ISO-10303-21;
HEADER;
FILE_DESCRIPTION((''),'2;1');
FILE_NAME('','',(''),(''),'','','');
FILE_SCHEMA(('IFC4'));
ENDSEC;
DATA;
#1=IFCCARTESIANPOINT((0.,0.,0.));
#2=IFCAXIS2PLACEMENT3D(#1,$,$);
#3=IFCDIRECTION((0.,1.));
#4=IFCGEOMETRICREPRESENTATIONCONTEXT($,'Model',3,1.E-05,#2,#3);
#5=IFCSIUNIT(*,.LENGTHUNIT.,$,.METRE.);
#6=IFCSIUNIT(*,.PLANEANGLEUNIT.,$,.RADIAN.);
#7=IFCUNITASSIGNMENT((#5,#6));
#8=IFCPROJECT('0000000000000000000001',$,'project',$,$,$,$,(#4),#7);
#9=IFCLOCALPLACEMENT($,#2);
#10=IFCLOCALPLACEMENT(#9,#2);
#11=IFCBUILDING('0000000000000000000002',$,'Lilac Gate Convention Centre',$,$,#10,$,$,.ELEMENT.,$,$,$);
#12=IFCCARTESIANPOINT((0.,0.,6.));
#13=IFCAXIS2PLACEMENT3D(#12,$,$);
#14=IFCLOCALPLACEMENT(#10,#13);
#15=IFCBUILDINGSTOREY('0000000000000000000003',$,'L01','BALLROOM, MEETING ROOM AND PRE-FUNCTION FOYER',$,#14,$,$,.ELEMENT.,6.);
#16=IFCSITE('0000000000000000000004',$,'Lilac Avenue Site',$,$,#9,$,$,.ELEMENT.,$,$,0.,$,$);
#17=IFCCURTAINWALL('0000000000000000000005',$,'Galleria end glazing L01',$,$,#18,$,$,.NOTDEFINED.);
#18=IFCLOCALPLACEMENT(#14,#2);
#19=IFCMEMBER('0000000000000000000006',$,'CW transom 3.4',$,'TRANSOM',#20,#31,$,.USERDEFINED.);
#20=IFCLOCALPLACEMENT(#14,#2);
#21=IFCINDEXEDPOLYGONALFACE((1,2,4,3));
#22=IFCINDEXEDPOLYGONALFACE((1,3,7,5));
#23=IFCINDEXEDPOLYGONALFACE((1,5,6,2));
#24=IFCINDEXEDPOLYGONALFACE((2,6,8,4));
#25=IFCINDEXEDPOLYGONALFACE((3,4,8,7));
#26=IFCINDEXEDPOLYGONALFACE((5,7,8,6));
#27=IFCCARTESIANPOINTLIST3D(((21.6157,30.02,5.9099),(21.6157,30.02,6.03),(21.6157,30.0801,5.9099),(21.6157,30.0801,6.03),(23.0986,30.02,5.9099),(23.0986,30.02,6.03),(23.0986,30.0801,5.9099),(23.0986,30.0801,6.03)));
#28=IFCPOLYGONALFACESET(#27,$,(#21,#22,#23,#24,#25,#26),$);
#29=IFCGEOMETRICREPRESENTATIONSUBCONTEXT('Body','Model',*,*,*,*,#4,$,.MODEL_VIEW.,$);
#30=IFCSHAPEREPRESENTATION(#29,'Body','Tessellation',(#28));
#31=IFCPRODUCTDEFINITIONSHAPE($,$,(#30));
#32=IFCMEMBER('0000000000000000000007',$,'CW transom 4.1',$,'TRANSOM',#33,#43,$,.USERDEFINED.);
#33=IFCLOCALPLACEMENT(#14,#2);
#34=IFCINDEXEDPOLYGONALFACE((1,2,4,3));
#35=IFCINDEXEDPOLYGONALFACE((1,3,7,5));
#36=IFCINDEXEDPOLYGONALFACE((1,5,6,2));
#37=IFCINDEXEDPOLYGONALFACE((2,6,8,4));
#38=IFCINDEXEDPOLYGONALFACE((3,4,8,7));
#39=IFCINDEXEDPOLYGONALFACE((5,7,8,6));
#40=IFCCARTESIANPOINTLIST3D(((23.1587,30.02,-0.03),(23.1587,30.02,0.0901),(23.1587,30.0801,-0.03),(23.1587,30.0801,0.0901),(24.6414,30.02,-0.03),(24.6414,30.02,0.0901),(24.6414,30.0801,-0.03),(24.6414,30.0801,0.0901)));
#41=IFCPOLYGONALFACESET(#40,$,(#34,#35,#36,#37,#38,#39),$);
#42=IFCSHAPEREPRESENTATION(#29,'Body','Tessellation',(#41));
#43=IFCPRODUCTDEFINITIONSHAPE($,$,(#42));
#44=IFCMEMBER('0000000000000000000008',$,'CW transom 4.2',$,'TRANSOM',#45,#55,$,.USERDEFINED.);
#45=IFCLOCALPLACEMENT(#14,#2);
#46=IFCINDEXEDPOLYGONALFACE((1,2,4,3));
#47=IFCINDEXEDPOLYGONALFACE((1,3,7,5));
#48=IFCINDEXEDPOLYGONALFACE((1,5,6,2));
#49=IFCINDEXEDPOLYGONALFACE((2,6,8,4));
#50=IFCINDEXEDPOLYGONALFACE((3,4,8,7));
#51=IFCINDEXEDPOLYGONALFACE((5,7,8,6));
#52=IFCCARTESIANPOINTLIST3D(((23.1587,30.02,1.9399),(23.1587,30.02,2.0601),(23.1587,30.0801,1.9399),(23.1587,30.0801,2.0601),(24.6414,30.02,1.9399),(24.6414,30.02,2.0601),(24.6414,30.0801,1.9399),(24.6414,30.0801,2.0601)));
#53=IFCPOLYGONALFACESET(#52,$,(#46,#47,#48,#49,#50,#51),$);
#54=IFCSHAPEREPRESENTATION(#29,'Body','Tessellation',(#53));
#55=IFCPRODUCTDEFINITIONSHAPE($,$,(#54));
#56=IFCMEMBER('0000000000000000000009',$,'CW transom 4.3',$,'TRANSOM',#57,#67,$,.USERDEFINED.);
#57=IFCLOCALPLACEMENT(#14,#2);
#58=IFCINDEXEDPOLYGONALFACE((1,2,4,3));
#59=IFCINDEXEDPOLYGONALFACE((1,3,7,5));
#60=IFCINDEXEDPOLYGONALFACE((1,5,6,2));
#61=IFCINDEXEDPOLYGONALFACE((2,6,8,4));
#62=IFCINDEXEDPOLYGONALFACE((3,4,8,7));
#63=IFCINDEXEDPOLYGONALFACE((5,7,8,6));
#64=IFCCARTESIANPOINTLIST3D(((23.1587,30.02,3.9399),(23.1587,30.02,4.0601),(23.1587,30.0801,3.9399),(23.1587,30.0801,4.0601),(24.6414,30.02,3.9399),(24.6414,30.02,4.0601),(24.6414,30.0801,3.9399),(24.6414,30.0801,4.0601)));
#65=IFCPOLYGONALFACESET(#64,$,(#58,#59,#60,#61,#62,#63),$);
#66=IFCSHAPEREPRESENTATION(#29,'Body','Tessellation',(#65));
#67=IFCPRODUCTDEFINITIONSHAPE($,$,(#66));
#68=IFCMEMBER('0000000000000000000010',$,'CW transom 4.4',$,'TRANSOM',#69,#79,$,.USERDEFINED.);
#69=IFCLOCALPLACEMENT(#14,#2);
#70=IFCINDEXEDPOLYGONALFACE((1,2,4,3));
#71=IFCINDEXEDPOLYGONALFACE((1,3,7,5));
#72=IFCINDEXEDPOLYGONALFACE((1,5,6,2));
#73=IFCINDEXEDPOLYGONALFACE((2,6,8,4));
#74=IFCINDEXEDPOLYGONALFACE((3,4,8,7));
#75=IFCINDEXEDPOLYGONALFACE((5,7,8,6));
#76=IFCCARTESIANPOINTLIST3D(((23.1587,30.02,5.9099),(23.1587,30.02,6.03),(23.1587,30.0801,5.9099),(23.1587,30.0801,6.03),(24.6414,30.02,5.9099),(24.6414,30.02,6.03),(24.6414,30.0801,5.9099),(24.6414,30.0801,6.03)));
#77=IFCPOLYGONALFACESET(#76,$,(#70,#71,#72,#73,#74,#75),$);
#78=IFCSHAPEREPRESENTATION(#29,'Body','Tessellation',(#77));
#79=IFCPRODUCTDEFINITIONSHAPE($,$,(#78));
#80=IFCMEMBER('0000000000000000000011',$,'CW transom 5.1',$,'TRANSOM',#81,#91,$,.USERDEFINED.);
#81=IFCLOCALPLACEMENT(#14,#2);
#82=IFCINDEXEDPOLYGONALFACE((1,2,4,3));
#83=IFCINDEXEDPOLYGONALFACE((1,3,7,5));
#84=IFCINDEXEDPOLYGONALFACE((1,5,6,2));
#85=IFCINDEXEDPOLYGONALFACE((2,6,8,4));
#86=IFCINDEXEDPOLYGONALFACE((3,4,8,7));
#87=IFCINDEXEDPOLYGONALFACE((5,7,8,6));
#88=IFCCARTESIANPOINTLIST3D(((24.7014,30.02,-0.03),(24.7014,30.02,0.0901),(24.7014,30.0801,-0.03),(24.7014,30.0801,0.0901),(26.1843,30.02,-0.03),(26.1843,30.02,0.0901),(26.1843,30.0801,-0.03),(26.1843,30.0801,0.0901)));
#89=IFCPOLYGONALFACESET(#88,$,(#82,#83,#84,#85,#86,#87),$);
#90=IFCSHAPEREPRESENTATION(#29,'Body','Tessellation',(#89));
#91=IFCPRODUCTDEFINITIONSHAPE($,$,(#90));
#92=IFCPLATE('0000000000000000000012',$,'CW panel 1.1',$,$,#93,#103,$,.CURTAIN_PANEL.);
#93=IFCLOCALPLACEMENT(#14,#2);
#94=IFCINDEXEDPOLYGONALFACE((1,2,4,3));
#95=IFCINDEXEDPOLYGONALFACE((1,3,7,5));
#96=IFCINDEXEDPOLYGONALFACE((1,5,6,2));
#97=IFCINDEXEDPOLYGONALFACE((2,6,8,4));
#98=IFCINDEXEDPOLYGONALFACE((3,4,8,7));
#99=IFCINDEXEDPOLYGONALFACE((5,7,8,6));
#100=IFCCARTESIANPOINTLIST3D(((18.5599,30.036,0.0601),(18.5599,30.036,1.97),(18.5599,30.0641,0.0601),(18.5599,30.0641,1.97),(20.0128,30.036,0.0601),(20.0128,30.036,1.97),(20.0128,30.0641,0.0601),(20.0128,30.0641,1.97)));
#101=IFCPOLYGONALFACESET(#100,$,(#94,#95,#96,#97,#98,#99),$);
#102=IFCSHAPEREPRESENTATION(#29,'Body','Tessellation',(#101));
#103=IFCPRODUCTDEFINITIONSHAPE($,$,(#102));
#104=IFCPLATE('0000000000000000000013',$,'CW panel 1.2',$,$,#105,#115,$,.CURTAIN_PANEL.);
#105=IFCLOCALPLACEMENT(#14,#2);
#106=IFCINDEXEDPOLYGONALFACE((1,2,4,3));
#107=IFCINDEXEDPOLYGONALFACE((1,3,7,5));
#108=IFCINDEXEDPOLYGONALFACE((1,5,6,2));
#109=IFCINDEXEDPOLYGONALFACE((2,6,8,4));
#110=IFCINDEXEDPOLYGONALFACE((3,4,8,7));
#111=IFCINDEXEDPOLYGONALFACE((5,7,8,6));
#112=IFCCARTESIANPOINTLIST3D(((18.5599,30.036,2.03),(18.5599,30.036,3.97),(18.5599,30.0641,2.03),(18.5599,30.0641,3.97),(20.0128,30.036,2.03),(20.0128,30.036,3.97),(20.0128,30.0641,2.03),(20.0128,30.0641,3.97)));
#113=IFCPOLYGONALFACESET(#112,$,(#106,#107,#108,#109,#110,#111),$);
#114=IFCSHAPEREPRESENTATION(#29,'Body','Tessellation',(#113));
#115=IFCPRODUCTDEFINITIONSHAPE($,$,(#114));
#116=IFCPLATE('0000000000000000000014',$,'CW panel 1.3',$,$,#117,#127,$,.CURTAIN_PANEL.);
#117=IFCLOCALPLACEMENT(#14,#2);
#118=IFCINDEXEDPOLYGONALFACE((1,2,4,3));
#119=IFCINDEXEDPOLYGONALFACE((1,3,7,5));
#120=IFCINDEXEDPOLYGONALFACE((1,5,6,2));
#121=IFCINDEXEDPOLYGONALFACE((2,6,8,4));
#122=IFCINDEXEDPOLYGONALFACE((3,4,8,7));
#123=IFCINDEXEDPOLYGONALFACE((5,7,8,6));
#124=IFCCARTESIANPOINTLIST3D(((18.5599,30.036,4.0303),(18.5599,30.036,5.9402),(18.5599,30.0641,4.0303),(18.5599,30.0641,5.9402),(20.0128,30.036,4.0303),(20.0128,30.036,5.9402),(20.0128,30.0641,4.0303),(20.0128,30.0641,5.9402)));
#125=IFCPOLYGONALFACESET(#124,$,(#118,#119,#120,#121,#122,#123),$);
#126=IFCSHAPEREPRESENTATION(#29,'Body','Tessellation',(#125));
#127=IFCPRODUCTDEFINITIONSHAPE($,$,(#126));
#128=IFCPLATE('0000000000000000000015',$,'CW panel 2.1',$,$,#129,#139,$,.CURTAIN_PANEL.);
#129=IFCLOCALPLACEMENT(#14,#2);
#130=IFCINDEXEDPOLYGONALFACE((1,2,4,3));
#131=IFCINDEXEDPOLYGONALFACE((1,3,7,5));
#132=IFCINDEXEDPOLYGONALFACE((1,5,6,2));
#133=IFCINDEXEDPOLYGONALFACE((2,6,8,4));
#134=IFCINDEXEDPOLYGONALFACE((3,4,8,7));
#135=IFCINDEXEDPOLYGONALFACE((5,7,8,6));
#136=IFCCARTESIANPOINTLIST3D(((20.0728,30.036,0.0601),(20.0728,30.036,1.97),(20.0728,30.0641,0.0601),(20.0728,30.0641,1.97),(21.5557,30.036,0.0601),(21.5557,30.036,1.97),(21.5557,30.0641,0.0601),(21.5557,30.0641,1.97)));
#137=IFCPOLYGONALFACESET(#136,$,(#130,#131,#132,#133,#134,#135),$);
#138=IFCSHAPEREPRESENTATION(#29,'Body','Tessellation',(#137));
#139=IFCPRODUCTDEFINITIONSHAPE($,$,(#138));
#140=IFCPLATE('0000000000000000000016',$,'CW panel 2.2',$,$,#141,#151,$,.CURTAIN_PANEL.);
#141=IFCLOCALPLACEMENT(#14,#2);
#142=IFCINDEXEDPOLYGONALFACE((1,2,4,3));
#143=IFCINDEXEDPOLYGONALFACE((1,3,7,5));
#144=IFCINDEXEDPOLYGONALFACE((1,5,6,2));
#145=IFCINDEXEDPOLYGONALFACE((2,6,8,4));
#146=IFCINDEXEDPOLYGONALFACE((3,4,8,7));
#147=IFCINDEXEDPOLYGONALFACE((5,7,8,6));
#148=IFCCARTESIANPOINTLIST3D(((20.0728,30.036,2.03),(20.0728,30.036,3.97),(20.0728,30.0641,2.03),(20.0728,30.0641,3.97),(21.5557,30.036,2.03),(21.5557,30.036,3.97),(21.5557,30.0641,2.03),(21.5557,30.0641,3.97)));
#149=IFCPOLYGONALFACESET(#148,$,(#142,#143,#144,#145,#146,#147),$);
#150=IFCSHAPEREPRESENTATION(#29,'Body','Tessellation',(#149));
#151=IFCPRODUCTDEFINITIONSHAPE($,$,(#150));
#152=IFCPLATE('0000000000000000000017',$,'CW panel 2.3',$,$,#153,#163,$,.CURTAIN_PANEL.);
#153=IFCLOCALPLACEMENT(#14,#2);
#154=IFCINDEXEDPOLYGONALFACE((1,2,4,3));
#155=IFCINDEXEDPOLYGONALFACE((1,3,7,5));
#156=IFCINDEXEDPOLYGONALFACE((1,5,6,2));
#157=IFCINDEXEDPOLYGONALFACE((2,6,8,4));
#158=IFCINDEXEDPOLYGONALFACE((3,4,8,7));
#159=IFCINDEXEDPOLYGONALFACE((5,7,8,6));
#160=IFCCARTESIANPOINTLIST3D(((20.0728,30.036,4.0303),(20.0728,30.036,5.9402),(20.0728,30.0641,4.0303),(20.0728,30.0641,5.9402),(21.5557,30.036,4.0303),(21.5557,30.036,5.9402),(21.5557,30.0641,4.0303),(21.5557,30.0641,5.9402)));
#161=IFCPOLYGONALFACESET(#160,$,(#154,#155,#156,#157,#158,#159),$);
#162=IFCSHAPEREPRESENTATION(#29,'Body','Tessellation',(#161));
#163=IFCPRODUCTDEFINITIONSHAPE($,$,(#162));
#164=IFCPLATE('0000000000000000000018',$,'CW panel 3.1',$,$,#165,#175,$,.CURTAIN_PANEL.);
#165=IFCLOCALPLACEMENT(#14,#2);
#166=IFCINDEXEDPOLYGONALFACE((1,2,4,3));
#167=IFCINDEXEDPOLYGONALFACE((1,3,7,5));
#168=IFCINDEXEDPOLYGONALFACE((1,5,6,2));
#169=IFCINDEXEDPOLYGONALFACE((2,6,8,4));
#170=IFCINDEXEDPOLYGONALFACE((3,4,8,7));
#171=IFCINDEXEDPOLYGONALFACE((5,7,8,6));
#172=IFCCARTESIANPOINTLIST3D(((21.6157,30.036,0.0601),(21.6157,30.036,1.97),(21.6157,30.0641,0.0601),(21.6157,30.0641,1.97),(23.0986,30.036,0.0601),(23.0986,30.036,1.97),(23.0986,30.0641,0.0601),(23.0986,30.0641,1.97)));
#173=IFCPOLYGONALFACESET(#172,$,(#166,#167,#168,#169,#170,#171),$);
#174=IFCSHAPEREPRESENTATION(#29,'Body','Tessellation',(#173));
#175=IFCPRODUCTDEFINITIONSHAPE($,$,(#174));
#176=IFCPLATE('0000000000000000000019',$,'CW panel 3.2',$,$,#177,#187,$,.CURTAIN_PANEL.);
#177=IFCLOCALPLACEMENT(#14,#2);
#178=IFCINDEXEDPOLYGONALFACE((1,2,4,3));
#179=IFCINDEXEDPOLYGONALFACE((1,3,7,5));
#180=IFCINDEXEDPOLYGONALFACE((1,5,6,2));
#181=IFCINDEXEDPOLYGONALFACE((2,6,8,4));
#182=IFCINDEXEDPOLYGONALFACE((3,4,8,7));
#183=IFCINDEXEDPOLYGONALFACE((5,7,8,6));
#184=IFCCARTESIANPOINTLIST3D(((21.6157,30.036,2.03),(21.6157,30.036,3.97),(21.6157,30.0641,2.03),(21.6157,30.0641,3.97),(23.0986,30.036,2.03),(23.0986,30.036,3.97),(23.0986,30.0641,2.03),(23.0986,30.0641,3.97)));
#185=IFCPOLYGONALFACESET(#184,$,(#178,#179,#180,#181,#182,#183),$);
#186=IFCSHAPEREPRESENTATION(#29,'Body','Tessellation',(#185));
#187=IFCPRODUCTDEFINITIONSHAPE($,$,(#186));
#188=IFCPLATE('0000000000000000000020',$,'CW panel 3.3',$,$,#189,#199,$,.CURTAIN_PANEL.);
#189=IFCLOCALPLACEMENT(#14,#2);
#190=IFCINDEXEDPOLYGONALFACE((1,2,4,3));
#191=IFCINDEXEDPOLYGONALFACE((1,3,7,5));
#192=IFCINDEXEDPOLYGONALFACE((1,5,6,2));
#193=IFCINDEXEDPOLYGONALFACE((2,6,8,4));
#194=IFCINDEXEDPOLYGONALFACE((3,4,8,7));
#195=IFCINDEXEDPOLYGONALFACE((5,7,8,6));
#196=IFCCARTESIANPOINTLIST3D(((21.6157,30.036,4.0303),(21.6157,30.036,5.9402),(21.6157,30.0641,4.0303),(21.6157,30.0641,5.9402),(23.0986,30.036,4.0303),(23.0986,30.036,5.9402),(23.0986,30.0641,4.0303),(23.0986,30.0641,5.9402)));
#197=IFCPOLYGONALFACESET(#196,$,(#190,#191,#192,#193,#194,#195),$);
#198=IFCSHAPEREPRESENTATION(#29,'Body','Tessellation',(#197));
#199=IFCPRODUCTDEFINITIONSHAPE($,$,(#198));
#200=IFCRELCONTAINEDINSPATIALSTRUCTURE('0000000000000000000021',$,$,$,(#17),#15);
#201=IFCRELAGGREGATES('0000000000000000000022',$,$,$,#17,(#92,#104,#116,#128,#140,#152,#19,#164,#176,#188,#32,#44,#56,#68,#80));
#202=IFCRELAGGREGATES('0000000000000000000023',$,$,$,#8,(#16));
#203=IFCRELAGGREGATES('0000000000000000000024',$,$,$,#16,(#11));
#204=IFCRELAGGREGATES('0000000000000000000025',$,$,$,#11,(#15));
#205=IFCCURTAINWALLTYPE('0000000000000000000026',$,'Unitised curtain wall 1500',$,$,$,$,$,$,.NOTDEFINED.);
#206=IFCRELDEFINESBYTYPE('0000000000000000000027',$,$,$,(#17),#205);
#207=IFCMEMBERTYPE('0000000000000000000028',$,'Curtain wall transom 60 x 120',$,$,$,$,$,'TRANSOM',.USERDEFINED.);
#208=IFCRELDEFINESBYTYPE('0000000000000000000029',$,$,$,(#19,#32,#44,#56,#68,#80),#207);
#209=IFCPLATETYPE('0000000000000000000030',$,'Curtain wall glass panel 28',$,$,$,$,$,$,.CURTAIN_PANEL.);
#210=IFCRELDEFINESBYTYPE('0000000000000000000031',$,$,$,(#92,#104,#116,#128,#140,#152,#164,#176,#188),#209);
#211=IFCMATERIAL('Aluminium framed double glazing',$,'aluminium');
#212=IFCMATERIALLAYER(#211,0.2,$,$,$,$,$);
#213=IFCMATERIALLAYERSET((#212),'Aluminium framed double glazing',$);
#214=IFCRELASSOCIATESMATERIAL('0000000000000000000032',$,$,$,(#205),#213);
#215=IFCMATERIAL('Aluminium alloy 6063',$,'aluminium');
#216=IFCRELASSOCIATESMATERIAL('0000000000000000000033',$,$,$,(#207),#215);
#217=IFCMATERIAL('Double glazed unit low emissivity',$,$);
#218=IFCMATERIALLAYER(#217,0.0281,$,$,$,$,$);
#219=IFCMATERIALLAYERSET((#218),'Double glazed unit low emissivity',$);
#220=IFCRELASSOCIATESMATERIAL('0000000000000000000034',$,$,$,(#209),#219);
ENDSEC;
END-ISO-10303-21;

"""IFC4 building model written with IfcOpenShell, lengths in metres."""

from ifc_helpers import new_model, si_unit, direction, frame, origin, origin_2d, place, context, subcontext, project, spatial, rectangle, extrude, material, layer, layer_set, material_profile, profile_set, type_object, element, aggregate, save


model = new_model("IFC4")

# Units and contexts
model_context = context("Model", 3, precision=1e-05, world=origin(), true_north=direction((0.0, 1.0)))
body_context = subcontext(model_context, "Body", "Model", "MODEL_VIEW")
ifc_project = project(units=[si_unit("LENGTHUNIT", "METRE"), si_unit("PLANEANGLEUNIT", "RADIAN")], contexts=[model_context])

# Site, building, storey
site_placement = place(None, origin())
site = spatial("IfcSite", under=ifc_project, at=site_placement, Name="Lilac Avenue Site", CompositionType="ELEMENT", RefElevation=0.0)
building_placement = place(site_placement, origin())
building = spatial("IfcBuilding", under=site, at=building_placement, Name="Lilac Gate Convention Centre", CompositionType="ELEMENT")
storey_placement = place(building_placement, frame((0.0, 0.0, 6.0)))
storey = spatial("IfcBuildingStorey", under=building, at=storey_placement, Name="L01", Description="BALLROOM, MEETING ROOM AND PRE-FUNCTION FOYER", CompositionType="ELEMENT", Elevation=6.0)

# Curtain wall, members, plates
ifc_material_1 = material(Name="Aluminium framed double glazing", Category="aluminium")
ifc_layer_1 = layer(ifc_material_1, 0.2)
ifc_layer_set_1 = layer_set([ifc_layer_1], Name="Aluminium framed double glazing")
curtain_wall_type = type_object("IfcCurtainWallType", Name="Unitised curtain wall 1500", PredefinedType="NOTDEFINED", material=ifc_layer_set_1)
curtain_wall_placement = place(storey_placement, origin())
curtain_wall = element("IfcCurtainWall", 1, at=curtain_wall_placement, inside=storey, type_object=curtain_wall_type, Name="Galleria end glazing L01", PredefinedType="NOTDEFINED")
ifc_material_2 = material(Name="Aluminium alloy 6063", Category="aluminium")
ifc_material_profile_1 = material_profile(ifc_material_2, rectangle(XDim=0.0601, YDim=0.1201, at=origin_2d()), Name="Curtain wall transom 60 x 120")
ifc_profile_set_1 = profile_set([ifc_material_profile_1], Name="Aluminium alloy 6063")
member_type_1 = type_object("IfcMemberType", Name="Curtain wall transom 60 x 120", ElementType="TRANSOM", PredefinedType="USERDEFINED", material=ifc_profile_set_1)
member_1_placement = place(storey_placement, frame((21.6157, 30.05, 5.97), z_axis=(1.0, 0.0, 0.0), x_axis=(0.0, 1.0, 0.0)))
member_1 = element("IfcMember", 2, at=member_1_placement, type_object=member_type_1, Name="CW transom 3.4", ObjectType="TRANSOM", PredefinedType="USERDEFINED", context=body_context, shape_type="SweptSolid", body=[
    extrude(rectangle(XDim=0.0601, YDim=0.1201, at=origin_2d()), origin(), (0.0, 0.0, 1.0), 1.4829),
])
member_2_placement = place(storey_placement, frame((23.1587, 30.05, 0.03), z_axis=(1.0, 0.0, 0.0), x_axis=(0.0, 1.0, 0.0)))
member_2 = element("IfcMember", 3, at=member_2_placement, type_object=member_type_1, Name="CW transom 4.1", ObjectType="TRANSOM", PredefinedType="USERDEFINED", context=body_context, shape_type="SweptSolid", body=[
    extrude(rectangle(XDim=0.0601, YDim=0.1201, at=origin_2d()), origin(), (0.0, 0.0, 1.0), 1.4827),
])
member_3_placement = place(storey_placement, frame((23.1587, 30.05, 2.0), z_axis=(1.0, 0.0, 0.0), x_axis=(0.0, 1.0, 0.0)))
member_3 = element("IfcMember", 4, at=member_3_placement, type_object=member_type_1, Name="CW transom 4.2", ObjectType="TRANSOM", PredefinedType="USERDEFINED", context=body_context, shape_type="SweptSolid", body=[
    extrude(rectangle(XDim=0.0601, YDim=0.1201, at=origin_2d()), origin(), (0.0, 0.0, 1.0), 1.4827),
])
member_4_placement = place(storey_placement, frame((23.1587, 30.05, 4.0), z_axis=(1.0, 0.0, 0.0), x_axis=(0.0, 1.0, 0.0)))
member_4 = element("IfcMember", 5, at=member_4_placement, type_object=member_type_1, Name="CW transom 4.3", ObjectType="TRANSOM", PredefinedType="USERDEFINED", context=body_context, shape_type="SweptSolid", body=[
    extrude(rectangle(XDim=0.0601, YDim=0.1201, at=origin_2d()), origin(), (0.0, 0.0, 1.0), 1.4827),
])
member_5_placement = place(storey_placement, frame((23.1587, 30.05, 5.97), z_axis=(1.0, 0.0, 0.0), x_axis=(0.0, 1.0, 0.0)))
member_5 = element("IfcMember", 6, at=member_5_placement, type_object=member_type_1, Name="CW transom 4.4", ObjectType="TRANSOM", PredefinedType="USERDEFINED", context=body_context, shape_type="SweptSolid", body=[
    extrude(rectangle(XDim=0.0601, YDim=0.1201, at=origin_2d()), origin(), (0.0, 0.0, 1.0), 1.4827),
])
member_6_placement = place(storey_placement, frame((24.7014, 30.05, 0.03), z_axis=(1.0, 0.0, 0.0), x_axis=(0.0, 1.0, 0.0)))
member_6 = element("IfcMember", 7, at=member_6_placement, type_object=member_type_1, Name="CW transom 5.1", ObjectType="TRANSOM", PredefinedType="USERDEFINED", context=body_context, shape_type="SweptSolid", body=[
    extrude(rectangle(XDim=0.0601, YDim=0.1201, at=origin_2d()), origin(), (0.0, 0.0, 1.0), 1.4829),
])
ifc_material_3 = material(Name="Double glazed unit low emissivity")
ifc_layer_2 = layer(ifc_material_3, 0.0281)
ifc_layer_set_2 = layer_set([ifc_layer_2], Name="Double glazed unit low emissivity")
plate_type = type_object("IfcPlateType", Name="Curtain wall glass panel 28", PredefinedType="CURTAIN_PANEL", material=ifc_layer_set_2)
plate_1_placement = place(storey_placement, frame((19.2864, 30.05, 0.0601), z_axis=(0.0, 0.0, 1.0), x_axis=(1.0, 0.0, 0.0)))
plate_1 = element("IfcPlate", 8, at=plate_1_placement, type_object=plate_type, Name="CW panel 1.1", PredefinedType="CURTAIN_PANEL", context=body_context, shape_type="SweptSolid", body=[
    extrude(rectangle(XDim=1.4529, YDim=0.0281, at=origin_2d()), origin(), (0.0, 0.0, 1.0), 1.9099),
])
plate_2_placement = place(storey_placement, frame((19.2864, 30.05, 2.03), z_axis=(0.0, 0.0, 1.0), x_axis=(1.0, 0.0, 0.0)))
plate_2 = element("IfcPlate", 9, at=plate_2_placement, type_object=plate_type, Name="CW panel 1.2", PredefinedType="CURTAIN_PANEL", context=body_context, shape_type="SweptSolid", body=[
    extrude(rectangle(XDim=1.4529, YDim=0.0281, at=origin_2d()), origin(), (0.0, 0.0, 1.0), 1.9399),
])
plate_3_placement = place(storey_placement, frame((19.2864, 30.05, 4.0303), z_axis=(0.0, 0.0, 1.0), x_axis=(1.0, 0.0, 0.0)))
plate_3 = element("IfcPlate", 10, at=plate_3_placement, type_object=plate_type, Name="CW panel 1.3", PredefinedType="CURTAIN_PANEL", context=body_context, shape_type="SweptSolid", body=[
    extrude(rectangle(XDim=1.4529, YDim=0.0281, at=origin_2d()), origin(), (0.0, 0.0, 1.0), 1.9099),
])
plate_4_placement = place(storey_placement, frame((20.8142, 30.05, 0.0601), z_axis=(0.0, 0.0, 1.0), x_axis=(1.0, 0.0, 0.0)))
plate_4 = element("IfcPlate", 11, at=plate_4_placement, type_object=plate_type, Name="CW panel 2.1", PredefinedType="CURTAIN_PANEL", context=body_context, shape_type="SweptSolid", body=[
    extrude(rectangle(XDim=1.4829, YDim=0.0281, at=origin_2d()), origin(), (0.0, 0.0, 1.0), 1.9099),
])
plate_5_placement = place(storey_placement, frame((20.8142, 30.05, 2.03), z_axis=(0.0, 0.0, 1.0), x_axis=(1.0, 0.0, 0.0)))
plate_5 = element("IfcPlate", 12, at=plate_5_placement, type_object=plate_type, Name="CW panel 2.2", PredefinedType="CURTAIN_PANEL", context=body_context, shape_type="SweptSolid", body=[
    extrude(rectangle(XDim=1.4829, YDim=0.0281, at=origin_2d()), origin(), (0.0, 0.0, 1.0), 1.9399),
])
plate_6_placement = place(storey_placement, frame((20.8142, 30.05, 4.0303), z_axis=(0.0, 0.0, 1.0), x_axis=(1.0, 0.0, 0.0)))
plate_6 = element("IfcPlate", 13, at=plate_6_placement, type_object=plate_type, Name="CW panel 2.3", PredefinedType="CURTAIN_PANEL", context=body_context, shape_type="SweptSolid", body=[
    extrude(rectangle(XDim=1.4829, YDim=0.0281, at=origin_2d()), origin(), (0.0, 0.0, 1.0), 1.9099),
])
plate_7_placement = place(storey_placement, frame((22.3572, 30.05, 0.0601), z_axis=(0.0, 0.0, 1.0), x_axis=(1.0, 0.0, 0.0)))
plate_7 = element("IfcPlate", 14, at=plate_7_placement, type_object=plate_type, Name="CW panel 3.1", PredefinedType="CURTAIN_PANEL", context=body_context, shape_type="SweptSolid", body=[
    extrude(rectangle(XDim=1.4829, YDim=0.0281, at=origin_2d()), origin(), (0.0, 0.0, 1.0), 1.9099),
])
plate_8_placement = place(storey_placement, frame((22.3572, 30.05, 2.03), z_axis=(0.0, 0.0, 1.0), x_axis=(1.0, 0.0, 0.0)))
plate_8 = element("IfcPlate", 15, at=plate_8_placement, type_object=plate_type, Name="CW panel 3.2", PredefinedType="CURTAIN_PANEL", context=body_context, shape_type="SweptSolid", body=[
    extrude(rectangle(XDim=1.4829, YDim=0.0281, at=origin_2d()), origin(), (0.0, 0.0, 1.0), 1.9399),
])
plate_9_placement = place(storey_placement, frame((22.3572, 30.05, 4.0303), z_axis=(0.0, 0.0, 1.0), x_axis=(1.0, 0.0, 0.0)))
plate_9 = element("IfcPlate", 16, at=plate_9_placement, type_object=plate_type, Name="CW panel 3.3", PredefinedType="CURTAIN_PANEL", context=body_context, shape_type="SweptSolid", body=[
    extrude(rectangle(XDim=1.4829, YDim=0.0281, at=origin_2d()), origin(), (0.0, 0.0, 1.0), 1.9099),
])
aggregate(curtain_wall, [plate_1, plate_2, plate_3, plate_4, plate_5, plate_6, member_1, plate_7, plate_8, plate_9, member_2, member_3, member_4, member_5, member_6])

save(model, "model.ifc")
